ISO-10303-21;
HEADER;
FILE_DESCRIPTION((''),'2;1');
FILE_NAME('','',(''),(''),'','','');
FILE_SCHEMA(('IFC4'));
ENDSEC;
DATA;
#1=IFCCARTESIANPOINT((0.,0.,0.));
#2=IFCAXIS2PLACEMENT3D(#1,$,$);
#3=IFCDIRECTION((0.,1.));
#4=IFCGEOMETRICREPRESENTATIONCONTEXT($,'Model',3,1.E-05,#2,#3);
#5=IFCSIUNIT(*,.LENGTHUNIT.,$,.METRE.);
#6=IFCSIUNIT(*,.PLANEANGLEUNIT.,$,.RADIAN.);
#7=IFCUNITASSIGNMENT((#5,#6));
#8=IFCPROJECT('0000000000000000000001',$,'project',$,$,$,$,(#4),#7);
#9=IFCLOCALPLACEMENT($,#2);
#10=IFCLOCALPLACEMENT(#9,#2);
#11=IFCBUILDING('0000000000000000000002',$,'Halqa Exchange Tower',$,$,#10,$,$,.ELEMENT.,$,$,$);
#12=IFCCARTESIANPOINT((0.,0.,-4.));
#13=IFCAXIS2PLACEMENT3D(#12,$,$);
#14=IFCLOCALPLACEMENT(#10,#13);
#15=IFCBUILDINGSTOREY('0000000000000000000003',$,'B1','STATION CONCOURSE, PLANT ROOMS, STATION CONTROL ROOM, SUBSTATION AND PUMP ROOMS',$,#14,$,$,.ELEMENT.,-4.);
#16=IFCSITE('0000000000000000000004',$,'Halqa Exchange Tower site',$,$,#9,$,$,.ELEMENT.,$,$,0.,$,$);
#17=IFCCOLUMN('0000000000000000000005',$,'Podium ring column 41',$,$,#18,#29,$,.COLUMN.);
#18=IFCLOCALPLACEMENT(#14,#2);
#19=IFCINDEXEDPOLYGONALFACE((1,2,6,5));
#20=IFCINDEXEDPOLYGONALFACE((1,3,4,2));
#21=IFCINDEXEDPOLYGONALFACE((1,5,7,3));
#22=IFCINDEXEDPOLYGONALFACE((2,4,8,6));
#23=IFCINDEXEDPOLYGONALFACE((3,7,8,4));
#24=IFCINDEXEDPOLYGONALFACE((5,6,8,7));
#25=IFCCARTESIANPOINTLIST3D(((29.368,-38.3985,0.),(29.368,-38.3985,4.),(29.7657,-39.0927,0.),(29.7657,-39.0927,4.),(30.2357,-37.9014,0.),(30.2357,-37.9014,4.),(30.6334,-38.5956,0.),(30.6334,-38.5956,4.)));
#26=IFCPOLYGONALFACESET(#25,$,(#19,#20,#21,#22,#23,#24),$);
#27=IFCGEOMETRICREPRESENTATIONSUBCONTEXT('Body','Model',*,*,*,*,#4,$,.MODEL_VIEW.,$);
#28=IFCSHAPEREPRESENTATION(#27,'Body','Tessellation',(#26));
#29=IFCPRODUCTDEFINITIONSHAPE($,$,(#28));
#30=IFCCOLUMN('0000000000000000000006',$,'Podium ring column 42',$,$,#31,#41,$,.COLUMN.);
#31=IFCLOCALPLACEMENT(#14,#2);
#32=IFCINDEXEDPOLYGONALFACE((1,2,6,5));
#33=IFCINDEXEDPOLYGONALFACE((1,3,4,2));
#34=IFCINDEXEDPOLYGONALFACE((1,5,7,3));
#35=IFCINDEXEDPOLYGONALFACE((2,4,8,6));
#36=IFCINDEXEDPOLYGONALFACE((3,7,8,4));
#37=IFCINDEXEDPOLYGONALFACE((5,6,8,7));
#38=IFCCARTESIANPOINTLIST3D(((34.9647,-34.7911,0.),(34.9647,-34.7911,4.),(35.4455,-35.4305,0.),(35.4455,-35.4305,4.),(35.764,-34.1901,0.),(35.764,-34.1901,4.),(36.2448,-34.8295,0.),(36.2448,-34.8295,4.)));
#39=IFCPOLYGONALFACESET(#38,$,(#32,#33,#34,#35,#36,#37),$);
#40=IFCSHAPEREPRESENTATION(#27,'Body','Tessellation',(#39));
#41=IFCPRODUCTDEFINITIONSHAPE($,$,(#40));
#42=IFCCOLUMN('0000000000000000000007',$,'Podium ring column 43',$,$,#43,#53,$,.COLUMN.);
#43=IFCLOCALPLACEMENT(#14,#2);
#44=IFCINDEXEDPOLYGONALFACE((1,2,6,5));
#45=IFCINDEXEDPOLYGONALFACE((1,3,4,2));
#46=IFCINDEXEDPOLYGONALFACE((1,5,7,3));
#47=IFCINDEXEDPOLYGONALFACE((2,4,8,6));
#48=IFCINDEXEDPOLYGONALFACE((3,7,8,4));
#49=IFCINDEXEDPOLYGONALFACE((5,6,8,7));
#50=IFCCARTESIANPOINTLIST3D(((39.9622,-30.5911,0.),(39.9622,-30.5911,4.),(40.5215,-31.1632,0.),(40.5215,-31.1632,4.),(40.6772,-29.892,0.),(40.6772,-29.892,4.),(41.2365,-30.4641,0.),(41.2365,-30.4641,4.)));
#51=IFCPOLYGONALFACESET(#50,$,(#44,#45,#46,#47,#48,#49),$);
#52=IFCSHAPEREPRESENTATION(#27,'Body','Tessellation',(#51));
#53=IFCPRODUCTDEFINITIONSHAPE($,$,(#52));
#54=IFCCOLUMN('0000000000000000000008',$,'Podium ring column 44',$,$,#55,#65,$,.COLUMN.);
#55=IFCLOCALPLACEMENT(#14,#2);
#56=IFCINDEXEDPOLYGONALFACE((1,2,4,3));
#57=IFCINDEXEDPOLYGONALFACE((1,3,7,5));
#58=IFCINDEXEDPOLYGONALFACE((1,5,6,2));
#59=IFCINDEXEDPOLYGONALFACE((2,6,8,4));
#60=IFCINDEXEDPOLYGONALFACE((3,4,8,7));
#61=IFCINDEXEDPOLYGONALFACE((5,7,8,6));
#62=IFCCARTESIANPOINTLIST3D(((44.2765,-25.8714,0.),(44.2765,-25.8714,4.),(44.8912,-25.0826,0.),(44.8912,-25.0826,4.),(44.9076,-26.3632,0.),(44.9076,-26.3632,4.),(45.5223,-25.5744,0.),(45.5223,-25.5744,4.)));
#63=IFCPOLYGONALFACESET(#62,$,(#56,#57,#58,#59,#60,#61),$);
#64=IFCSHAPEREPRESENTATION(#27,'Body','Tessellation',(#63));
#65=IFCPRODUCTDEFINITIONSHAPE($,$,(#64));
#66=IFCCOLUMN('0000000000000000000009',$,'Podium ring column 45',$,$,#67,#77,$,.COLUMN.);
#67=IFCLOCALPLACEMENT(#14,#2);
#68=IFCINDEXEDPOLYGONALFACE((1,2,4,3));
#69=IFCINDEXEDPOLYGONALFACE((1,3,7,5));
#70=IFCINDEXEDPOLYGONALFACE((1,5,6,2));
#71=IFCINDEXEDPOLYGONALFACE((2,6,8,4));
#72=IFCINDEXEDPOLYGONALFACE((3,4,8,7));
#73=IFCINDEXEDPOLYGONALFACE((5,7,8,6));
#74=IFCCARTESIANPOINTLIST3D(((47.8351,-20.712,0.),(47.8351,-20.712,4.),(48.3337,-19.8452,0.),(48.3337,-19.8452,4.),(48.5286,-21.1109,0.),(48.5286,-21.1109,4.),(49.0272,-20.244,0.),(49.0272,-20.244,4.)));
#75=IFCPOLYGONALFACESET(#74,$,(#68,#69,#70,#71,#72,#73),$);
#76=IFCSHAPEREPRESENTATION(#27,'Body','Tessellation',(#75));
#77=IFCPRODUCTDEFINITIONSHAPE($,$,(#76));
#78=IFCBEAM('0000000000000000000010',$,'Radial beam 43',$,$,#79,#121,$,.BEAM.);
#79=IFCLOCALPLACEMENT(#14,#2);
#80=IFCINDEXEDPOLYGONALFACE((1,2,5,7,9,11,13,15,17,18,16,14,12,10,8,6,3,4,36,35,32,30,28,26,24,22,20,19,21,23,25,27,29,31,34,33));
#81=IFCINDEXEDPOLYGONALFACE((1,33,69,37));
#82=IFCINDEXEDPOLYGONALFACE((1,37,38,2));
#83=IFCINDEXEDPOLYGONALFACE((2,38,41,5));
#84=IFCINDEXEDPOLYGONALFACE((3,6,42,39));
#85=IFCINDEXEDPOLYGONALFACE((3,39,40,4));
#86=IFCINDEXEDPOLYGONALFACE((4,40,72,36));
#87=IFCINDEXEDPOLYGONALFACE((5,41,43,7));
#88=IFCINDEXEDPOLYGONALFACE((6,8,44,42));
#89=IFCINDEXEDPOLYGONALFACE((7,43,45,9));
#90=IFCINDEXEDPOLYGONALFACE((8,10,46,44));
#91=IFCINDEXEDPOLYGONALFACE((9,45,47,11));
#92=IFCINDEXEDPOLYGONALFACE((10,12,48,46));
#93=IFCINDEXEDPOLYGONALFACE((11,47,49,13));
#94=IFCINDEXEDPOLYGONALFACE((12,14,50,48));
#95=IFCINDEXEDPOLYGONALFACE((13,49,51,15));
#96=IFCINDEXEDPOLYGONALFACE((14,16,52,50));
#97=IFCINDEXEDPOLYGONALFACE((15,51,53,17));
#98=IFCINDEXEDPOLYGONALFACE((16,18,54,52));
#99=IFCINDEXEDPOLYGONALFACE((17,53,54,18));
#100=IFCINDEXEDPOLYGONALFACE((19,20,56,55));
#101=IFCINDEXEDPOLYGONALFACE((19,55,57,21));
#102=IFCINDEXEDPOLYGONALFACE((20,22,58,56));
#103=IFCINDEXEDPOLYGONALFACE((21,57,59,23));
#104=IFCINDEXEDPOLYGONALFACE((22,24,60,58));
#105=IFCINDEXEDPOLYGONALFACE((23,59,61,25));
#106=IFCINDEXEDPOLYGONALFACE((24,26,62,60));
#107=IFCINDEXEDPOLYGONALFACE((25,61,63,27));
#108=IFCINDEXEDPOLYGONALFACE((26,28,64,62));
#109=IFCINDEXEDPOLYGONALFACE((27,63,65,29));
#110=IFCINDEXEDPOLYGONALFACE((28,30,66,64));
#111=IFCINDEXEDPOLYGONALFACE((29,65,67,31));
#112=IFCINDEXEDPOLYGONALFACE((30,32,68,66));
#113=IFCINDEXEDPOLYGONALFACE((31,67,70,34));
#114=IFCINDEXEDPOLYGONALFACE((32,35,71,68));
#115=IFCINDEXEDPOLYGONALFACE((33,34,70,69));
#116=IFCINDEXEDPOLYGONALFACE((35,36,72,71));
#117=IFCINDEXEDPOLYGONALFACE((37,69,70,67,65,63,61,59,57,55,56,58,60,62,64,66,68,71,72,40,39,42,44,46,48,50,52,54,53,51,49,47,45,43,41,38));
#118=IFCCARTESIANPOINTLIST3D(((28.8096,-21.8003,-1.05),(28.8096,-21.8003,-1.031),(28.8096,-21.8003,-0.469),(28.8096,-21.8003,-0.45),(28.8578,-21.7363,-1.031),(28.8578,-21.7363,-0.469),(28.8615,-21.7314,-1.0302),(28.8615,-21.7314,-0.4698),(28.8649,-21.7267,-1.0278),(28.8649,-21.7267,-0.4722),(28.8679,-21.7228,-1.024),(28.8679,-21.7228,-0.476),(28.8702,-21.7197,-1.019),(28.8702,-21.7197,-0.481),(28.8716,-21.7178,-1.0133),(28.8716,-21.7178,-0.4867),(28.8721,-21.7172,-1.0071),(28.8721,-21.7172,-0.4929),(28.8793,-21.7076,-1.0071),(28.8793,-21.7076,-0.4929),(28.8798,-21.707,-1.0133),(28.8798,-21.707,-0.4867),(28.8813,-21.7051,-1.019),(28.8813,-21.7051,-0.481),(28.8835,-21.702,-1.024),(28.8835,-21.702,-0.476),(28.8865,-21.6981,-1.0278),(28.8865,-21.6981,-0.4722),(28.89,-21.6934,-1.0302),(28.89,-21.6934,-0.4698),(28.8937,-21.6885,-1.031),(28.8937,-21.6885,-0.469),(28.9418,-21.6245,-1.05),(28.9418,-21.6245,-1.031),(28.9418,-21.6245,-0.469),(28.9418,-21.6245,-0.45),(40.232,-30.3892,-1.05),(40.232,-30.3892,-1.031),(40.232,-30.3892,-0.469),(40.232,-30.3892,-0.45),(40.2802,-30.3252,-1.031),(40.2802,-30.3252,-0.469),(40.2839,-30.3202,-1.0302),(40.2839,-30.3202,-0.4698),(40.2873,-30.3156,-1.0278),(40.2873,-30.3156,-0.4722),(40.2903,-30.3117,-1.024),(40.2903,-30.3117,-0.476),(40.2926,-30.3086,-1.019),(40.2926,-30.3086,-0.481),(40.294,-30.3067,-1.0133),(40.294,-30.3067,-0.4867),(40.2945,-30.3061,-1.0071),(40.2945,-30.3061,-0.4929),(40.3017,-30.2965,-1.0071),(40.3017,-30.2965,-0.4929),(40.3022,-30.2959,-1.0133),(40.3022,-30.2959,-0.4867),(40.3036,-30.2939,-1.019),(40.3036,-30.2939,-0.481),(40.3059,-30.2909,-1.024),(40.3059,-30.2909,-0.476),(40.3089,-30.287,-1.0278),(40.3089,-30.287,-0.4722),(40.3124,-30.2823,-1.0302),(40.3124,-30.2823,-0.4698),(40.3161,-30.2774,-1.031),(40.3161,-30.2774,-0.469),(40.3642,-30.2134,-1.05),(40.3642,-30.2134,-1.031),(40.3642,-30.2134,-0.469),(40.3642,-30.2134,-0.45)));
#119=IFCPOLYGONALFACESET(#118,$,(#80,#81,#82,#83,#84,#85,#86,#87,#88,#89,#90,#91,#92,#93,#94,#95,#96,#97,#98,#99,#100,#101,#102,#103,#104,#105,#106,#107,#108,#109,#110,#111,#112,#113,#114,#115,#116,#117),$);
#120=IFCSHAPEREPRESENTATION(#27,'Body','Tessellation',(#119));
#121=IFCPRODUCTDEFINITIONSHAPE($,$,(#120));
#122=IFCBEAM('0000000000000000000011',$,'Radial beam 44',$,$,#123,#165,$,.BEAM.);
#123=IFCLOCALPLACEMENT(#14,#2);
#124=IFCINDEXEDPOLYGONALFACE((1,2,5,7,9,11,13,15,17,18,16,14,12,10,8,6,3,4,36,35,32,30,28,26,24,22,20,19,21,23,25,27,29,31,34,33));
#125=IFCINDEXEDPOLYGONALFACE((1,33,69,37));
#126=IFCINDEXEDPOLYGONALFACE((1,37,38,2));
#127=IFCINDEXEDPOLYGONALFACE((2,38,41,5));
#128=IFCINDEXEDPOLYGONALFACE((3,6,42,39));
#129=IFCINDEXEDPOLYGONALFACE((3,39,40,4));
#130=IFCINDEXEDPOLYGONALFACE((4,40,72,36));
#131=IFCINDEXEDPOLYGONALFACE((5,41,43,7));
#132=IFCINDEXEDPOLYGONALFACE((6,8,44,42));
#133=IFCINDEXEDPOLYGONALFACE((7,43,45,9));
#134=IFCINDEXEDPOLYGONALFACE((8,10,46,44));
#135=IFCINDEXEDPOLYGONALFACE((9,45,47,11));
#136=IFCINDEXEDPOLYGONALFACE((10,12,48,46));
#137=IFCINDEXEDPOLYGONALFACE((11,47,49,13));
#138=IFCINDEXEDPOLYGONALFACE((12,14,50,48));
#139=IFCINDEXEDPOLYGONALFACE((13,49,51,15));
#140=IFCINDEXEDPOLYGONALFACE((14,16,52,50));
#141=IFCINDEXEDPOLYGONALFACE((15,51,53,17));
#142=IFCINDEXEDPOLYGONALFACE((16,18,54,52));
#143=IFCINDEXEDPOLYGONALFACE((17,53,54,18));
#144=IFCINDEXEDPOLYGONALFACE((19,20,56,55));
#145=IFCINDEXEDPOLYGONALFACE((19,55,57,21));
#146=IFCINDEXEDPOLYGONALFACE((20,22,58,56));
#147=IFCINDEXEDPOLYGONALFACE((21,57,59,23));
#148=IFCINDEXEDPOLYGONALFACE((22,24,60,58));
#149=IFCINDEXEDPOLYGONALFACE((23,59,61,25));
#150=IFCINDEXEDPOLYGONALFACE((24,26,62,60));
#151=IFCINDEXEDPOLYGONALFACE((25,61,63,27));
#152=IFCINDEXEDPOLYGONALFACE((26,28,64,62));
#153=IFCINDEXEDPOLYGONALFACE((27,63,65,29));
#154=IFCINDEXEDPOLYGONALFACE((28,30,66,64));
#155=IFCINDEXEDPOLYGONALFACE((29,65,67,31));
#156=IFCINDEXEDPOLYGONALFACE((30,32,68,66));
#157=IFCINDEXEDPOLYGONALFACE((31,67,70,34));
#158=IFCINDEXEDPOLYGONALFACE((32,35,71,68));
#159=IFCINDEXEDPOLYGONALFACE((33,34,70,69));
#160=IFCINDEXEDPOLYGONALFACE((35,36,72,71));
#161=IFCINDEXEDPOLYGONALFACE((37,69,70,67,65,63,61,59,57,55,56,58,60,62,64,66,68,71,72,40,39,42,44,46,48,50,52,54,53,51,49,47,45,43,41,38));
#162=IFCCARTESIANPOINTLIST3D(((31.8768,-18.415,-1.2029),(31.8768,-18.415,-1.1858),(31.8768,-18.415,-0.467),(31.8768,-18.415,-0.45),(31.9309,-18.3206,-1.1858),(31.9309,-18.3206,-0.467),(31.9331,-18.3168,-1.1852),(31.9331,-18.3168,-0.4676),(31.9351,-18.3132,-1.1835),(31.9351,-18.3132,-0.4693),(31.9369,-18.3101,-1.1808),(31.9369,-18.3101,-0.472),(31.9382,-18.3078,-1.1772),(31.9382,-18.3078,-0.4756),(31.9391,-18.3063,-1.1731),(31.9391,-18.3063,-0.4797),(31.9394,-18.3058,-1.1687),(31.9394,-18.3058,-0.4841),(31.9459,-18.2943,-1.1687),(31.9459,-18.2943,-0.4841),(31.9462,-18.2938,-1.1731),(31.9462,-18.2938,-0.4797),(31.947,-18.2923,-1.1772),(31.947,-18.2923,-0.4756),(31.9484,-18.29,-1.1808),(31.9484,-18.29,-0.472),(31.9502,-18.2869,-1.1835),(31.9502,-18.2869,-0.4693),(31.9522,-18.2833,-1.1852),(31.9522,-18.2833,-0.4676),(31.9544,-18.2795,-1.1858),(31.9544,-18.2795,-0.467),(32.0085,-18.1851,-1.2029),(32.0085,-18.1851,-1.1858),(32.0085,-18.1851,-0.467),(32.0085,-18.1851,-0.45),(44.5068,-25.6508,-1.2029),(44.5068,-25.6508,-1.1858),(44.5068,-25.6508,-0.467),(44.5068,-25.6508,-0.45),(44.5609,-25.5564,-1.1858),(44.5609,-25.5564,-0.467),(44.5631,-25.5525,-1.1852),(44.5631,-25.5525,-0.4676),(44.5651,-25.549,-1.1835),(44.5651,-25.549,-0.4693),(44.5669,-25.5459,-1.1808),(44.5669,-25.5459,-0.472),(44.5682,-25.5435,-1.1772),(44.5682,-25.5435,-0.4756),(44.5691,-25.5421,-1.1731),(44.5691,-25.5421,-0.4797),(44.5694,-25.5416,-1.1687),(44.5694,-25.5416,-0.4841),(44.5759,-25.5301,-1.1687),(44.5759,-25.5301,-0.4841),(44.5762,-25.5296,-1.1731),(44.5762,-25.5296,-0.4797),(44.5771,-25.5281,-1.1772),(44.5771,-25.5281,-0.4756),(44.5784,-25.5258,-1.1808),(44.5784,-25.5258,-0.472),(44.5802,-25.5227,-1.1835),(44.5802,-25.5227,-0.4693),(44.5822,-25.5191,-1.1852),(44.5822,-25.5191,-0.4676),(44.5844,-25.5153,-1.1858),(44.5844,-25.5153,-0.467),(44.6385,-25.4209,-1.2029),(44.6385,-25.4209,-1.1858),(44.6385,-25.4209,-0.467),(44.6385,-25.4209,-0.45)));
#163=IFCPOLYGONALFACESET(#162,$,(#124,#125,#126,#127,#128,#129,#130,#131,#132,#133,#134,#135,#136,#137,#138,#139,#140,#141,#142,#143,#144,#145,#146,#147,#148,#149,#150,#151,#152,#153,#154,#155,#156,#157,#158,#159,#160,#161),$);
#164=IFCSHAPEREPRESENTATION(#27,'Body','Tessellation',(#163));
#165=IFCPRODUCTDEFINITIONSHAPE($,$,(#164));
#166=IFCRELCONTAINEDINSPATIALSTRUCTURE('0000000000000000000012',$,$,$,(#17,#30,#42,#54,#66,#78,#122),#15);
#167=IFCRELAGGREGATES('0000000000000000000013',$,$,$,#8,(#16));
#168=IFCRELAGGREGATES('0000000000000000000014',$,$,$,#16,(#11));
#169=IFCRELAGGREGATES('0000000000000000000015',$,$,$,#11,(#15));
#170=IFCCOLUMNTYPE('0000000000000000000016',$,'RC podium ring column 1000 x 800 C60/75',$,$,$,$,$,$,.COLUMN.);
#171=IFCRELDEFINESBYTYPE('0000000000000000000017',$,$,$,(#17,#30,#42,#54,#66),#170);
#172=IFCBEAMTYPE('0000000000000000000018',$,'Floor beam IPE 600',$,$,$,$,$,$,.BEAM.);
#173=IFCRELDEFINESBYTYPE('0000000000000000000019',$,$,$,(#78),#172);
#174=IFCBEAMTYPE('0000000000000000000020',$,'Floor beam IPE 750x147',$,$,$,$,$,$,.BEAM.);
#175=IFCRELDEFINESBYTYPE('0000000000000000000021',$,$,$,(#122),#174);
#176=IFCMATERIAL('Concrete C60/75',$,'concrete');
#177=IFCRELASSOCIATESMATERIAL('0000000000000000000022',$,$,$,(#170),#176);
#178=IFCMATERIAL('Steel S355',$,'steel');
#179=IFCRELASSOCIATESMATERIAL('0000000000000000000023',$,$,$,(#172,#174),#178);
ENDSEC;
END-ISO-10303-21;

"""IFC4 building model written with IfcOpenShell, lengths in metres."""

from ifc_helpers import new_model, si_unit, direction, frame, origin, origin_2d, place, context, subcontext, project, spatial, rectangle, i_section, extrude, material, material_profile, profile_set, type_object, element, save


model = new_model("IFC4")

# Units and contexts
model_context = context("Model", 3, precision=1e-05, world=origin(), true_north=direction((0.0, 1.0)))
body_context = subcontext(model_context, "Body", "Model", "MODEL_VIEW")
ifc_project = project(units=[si_unit("LENGTHUNIT", "METRE"), si_unit("PLANEANGLEUNIT", "RADIAN")], contexts=[model_context])

# Site, building, storey
site_placement = place(None, origin())
site = spatial("IfcSite", under=ifc_project, at=site_placement, Name="Halqa Exchange Tower site", CompositionType="ELEMENT", RefElevation=0.0)
building_placement = place(site_placement, origin())
building = spatial("IfcBuilding", under=site, at=building_placement, Name="Halqa Exchange Tower", CompositionType="ELEMENT")
storey_placement = place(building_placement, frame((0.0, 0.0, -4.0)))
storey = spatial("IfcBuildingStorey", under=building, at=storey_placement, Name="B1", Description="STATION CONCOURSE, PLANT ROOMS, STATION CONTROL ROOM, SUBSTATION AND PUMP ROOMS", CompositionType="ELEMENT", Elevation=-4.0)

# Columns
ifc_material_1 = material(Name="Concrete C60/75", Category="concrete")
ifc_material_profile_1 = material_profile(ifc_material_1, rectangle(XDim=1.0, YDim=0.8, at=origin_2d()), Name="1000 x 800")
ifc_profile_set_1 = profile_set([ifc_material_profile_1], Name="Concrete C60/75")
column_type = type_object("IfcColumnType", Name="RC podium ring column 1000 x 800 C60/75", PredefinedType="COLUMN", material=ifc_profile_set_1)
for number, where, z_axis, x_axis, name in (
    (1, (30.0007, -38.4971, 0.0), (0.0, 0.0, 1.0), (0.867693, 0.4971, 0.0), "Podium ring column 41"),
    (2, (35.6047, -34.8103, 0.0), (0.0, 0.0, 1.0), (0.79926, 0.600985, 0.0), "Podium ring column 42"),
    (3, (40.5994, -30.5276, 0.0), (0.0, 0.0, 1.0), (0.715039, 0.699085, 0.0), "Podium ring column 43"),
    (4, (44.8994, -25.7229, 0.0), (0.0, 0.0, 1.0), (0.614691, 0.788768, 0.0), "Podium ring column 44"),
    (5, (48.4312, -20.478, 0.0), (0.0, 0.0, 1.0), (0.498569, 0.86685, 0.0), "Podium ring column 45"),
):
    element("IfcColumn", number, at=place(storey_placement, frame(where, z_axis=z_axis, x_axis=x_axis)), inside=storey, type_object=column_type, Name=name, PredefinedType="COLUMN", context=body_context, shape_type="SweptSolid", body=[
        extrude(rectangle(XDim=1.0, YDim=0.8, at=origin_2d()), origin(), (0.0, 0.0, 1.0), 4.0),
    ])

# Beams
ifc_material_2 = material(Name="Steel S355", Category="steel")
ifc_material_profile_2 = material_profile(ifc_material_2, i_section(OverallWidth=0.22, OverallDepth=0.6001, WebThickness=0.012, FlangeThickness=0.019, FilletRadius=0.0239, at=origin_2d()), Name="IPE 600")
ifc_profile_set_2 = profile_set([ifc_material_profile_2], Name="Steel S355")
beam_type_1 = type_object("IfcBeamType", Name="Floor beam IPE 600", PredefinedType="BEAM", material=ifc_profile_set_2)
beam_1_placement = place(storey_placement, frame((28.8757, -21.7124, -0.75), z_axis=(0.799257, -0.600989, 0.0), x_axis=(0.600989, 0.799257, 0.0)))
element("IfcBeam", 6, at=beam_1_placement, inside=storey, type_object=beam_type_1, Name="Radial beam 43", PredefinedType="BEAM", context=body_context, shape_type="SweptSolid", body=[
    extrude(i_section(OverallWidth=0.22, OverallDepth=0.6001, WebThickness=0.012, FlangeThickness=0.019, FilletRadius=0.0239, at=origin_2d()), origin(), (0.0, 0.0, 1.0), 14.2913),
])
ifc_material_profile_3 = material_profile(ifc_material_2, i_section(OverallWidth=0.2649, OverallDepth=0.7529, WebThickness=0.0132, FlangeThickness=0.0171, FilletRadius=0.0171, at=origin_2d()), Name="IPE 750x147")
ifc_profile_set_3 = profile_set([ifc_material_profile_3], Name="Steel S355")
beam_type_2 = type_object("IfcBeamType", Name="Floor beam IPE 750x147", PredefinedType="BEAM", material=ifc_profile_set_3)
beam_2_placement = place(storey_placement, frame((31.9426, -18.3, -0.8264), z_axis=(0.867691, -0.497103, 0.0), x_axis=(0.497103, 0.867691, 0.0)))
element("IfcBeam", 7, at=beam_2_placement, inside=storey, type_object=beam_type_2, Name="Radial beam 44", PredefinedType="BEAM", context=body_context, shape_type="SweptSolid", body=[
    extrude(i_section(OverallWidth=0.2649, OverallDepth=0.7529, WebThickness=0.0132, FlangeThickness=0.0171, FilletRadius=0.0171, at=origin_2d()), origin(), (0.0, 0.0, 1.0), 14.5559),
])

save(model, "model.ifc")
